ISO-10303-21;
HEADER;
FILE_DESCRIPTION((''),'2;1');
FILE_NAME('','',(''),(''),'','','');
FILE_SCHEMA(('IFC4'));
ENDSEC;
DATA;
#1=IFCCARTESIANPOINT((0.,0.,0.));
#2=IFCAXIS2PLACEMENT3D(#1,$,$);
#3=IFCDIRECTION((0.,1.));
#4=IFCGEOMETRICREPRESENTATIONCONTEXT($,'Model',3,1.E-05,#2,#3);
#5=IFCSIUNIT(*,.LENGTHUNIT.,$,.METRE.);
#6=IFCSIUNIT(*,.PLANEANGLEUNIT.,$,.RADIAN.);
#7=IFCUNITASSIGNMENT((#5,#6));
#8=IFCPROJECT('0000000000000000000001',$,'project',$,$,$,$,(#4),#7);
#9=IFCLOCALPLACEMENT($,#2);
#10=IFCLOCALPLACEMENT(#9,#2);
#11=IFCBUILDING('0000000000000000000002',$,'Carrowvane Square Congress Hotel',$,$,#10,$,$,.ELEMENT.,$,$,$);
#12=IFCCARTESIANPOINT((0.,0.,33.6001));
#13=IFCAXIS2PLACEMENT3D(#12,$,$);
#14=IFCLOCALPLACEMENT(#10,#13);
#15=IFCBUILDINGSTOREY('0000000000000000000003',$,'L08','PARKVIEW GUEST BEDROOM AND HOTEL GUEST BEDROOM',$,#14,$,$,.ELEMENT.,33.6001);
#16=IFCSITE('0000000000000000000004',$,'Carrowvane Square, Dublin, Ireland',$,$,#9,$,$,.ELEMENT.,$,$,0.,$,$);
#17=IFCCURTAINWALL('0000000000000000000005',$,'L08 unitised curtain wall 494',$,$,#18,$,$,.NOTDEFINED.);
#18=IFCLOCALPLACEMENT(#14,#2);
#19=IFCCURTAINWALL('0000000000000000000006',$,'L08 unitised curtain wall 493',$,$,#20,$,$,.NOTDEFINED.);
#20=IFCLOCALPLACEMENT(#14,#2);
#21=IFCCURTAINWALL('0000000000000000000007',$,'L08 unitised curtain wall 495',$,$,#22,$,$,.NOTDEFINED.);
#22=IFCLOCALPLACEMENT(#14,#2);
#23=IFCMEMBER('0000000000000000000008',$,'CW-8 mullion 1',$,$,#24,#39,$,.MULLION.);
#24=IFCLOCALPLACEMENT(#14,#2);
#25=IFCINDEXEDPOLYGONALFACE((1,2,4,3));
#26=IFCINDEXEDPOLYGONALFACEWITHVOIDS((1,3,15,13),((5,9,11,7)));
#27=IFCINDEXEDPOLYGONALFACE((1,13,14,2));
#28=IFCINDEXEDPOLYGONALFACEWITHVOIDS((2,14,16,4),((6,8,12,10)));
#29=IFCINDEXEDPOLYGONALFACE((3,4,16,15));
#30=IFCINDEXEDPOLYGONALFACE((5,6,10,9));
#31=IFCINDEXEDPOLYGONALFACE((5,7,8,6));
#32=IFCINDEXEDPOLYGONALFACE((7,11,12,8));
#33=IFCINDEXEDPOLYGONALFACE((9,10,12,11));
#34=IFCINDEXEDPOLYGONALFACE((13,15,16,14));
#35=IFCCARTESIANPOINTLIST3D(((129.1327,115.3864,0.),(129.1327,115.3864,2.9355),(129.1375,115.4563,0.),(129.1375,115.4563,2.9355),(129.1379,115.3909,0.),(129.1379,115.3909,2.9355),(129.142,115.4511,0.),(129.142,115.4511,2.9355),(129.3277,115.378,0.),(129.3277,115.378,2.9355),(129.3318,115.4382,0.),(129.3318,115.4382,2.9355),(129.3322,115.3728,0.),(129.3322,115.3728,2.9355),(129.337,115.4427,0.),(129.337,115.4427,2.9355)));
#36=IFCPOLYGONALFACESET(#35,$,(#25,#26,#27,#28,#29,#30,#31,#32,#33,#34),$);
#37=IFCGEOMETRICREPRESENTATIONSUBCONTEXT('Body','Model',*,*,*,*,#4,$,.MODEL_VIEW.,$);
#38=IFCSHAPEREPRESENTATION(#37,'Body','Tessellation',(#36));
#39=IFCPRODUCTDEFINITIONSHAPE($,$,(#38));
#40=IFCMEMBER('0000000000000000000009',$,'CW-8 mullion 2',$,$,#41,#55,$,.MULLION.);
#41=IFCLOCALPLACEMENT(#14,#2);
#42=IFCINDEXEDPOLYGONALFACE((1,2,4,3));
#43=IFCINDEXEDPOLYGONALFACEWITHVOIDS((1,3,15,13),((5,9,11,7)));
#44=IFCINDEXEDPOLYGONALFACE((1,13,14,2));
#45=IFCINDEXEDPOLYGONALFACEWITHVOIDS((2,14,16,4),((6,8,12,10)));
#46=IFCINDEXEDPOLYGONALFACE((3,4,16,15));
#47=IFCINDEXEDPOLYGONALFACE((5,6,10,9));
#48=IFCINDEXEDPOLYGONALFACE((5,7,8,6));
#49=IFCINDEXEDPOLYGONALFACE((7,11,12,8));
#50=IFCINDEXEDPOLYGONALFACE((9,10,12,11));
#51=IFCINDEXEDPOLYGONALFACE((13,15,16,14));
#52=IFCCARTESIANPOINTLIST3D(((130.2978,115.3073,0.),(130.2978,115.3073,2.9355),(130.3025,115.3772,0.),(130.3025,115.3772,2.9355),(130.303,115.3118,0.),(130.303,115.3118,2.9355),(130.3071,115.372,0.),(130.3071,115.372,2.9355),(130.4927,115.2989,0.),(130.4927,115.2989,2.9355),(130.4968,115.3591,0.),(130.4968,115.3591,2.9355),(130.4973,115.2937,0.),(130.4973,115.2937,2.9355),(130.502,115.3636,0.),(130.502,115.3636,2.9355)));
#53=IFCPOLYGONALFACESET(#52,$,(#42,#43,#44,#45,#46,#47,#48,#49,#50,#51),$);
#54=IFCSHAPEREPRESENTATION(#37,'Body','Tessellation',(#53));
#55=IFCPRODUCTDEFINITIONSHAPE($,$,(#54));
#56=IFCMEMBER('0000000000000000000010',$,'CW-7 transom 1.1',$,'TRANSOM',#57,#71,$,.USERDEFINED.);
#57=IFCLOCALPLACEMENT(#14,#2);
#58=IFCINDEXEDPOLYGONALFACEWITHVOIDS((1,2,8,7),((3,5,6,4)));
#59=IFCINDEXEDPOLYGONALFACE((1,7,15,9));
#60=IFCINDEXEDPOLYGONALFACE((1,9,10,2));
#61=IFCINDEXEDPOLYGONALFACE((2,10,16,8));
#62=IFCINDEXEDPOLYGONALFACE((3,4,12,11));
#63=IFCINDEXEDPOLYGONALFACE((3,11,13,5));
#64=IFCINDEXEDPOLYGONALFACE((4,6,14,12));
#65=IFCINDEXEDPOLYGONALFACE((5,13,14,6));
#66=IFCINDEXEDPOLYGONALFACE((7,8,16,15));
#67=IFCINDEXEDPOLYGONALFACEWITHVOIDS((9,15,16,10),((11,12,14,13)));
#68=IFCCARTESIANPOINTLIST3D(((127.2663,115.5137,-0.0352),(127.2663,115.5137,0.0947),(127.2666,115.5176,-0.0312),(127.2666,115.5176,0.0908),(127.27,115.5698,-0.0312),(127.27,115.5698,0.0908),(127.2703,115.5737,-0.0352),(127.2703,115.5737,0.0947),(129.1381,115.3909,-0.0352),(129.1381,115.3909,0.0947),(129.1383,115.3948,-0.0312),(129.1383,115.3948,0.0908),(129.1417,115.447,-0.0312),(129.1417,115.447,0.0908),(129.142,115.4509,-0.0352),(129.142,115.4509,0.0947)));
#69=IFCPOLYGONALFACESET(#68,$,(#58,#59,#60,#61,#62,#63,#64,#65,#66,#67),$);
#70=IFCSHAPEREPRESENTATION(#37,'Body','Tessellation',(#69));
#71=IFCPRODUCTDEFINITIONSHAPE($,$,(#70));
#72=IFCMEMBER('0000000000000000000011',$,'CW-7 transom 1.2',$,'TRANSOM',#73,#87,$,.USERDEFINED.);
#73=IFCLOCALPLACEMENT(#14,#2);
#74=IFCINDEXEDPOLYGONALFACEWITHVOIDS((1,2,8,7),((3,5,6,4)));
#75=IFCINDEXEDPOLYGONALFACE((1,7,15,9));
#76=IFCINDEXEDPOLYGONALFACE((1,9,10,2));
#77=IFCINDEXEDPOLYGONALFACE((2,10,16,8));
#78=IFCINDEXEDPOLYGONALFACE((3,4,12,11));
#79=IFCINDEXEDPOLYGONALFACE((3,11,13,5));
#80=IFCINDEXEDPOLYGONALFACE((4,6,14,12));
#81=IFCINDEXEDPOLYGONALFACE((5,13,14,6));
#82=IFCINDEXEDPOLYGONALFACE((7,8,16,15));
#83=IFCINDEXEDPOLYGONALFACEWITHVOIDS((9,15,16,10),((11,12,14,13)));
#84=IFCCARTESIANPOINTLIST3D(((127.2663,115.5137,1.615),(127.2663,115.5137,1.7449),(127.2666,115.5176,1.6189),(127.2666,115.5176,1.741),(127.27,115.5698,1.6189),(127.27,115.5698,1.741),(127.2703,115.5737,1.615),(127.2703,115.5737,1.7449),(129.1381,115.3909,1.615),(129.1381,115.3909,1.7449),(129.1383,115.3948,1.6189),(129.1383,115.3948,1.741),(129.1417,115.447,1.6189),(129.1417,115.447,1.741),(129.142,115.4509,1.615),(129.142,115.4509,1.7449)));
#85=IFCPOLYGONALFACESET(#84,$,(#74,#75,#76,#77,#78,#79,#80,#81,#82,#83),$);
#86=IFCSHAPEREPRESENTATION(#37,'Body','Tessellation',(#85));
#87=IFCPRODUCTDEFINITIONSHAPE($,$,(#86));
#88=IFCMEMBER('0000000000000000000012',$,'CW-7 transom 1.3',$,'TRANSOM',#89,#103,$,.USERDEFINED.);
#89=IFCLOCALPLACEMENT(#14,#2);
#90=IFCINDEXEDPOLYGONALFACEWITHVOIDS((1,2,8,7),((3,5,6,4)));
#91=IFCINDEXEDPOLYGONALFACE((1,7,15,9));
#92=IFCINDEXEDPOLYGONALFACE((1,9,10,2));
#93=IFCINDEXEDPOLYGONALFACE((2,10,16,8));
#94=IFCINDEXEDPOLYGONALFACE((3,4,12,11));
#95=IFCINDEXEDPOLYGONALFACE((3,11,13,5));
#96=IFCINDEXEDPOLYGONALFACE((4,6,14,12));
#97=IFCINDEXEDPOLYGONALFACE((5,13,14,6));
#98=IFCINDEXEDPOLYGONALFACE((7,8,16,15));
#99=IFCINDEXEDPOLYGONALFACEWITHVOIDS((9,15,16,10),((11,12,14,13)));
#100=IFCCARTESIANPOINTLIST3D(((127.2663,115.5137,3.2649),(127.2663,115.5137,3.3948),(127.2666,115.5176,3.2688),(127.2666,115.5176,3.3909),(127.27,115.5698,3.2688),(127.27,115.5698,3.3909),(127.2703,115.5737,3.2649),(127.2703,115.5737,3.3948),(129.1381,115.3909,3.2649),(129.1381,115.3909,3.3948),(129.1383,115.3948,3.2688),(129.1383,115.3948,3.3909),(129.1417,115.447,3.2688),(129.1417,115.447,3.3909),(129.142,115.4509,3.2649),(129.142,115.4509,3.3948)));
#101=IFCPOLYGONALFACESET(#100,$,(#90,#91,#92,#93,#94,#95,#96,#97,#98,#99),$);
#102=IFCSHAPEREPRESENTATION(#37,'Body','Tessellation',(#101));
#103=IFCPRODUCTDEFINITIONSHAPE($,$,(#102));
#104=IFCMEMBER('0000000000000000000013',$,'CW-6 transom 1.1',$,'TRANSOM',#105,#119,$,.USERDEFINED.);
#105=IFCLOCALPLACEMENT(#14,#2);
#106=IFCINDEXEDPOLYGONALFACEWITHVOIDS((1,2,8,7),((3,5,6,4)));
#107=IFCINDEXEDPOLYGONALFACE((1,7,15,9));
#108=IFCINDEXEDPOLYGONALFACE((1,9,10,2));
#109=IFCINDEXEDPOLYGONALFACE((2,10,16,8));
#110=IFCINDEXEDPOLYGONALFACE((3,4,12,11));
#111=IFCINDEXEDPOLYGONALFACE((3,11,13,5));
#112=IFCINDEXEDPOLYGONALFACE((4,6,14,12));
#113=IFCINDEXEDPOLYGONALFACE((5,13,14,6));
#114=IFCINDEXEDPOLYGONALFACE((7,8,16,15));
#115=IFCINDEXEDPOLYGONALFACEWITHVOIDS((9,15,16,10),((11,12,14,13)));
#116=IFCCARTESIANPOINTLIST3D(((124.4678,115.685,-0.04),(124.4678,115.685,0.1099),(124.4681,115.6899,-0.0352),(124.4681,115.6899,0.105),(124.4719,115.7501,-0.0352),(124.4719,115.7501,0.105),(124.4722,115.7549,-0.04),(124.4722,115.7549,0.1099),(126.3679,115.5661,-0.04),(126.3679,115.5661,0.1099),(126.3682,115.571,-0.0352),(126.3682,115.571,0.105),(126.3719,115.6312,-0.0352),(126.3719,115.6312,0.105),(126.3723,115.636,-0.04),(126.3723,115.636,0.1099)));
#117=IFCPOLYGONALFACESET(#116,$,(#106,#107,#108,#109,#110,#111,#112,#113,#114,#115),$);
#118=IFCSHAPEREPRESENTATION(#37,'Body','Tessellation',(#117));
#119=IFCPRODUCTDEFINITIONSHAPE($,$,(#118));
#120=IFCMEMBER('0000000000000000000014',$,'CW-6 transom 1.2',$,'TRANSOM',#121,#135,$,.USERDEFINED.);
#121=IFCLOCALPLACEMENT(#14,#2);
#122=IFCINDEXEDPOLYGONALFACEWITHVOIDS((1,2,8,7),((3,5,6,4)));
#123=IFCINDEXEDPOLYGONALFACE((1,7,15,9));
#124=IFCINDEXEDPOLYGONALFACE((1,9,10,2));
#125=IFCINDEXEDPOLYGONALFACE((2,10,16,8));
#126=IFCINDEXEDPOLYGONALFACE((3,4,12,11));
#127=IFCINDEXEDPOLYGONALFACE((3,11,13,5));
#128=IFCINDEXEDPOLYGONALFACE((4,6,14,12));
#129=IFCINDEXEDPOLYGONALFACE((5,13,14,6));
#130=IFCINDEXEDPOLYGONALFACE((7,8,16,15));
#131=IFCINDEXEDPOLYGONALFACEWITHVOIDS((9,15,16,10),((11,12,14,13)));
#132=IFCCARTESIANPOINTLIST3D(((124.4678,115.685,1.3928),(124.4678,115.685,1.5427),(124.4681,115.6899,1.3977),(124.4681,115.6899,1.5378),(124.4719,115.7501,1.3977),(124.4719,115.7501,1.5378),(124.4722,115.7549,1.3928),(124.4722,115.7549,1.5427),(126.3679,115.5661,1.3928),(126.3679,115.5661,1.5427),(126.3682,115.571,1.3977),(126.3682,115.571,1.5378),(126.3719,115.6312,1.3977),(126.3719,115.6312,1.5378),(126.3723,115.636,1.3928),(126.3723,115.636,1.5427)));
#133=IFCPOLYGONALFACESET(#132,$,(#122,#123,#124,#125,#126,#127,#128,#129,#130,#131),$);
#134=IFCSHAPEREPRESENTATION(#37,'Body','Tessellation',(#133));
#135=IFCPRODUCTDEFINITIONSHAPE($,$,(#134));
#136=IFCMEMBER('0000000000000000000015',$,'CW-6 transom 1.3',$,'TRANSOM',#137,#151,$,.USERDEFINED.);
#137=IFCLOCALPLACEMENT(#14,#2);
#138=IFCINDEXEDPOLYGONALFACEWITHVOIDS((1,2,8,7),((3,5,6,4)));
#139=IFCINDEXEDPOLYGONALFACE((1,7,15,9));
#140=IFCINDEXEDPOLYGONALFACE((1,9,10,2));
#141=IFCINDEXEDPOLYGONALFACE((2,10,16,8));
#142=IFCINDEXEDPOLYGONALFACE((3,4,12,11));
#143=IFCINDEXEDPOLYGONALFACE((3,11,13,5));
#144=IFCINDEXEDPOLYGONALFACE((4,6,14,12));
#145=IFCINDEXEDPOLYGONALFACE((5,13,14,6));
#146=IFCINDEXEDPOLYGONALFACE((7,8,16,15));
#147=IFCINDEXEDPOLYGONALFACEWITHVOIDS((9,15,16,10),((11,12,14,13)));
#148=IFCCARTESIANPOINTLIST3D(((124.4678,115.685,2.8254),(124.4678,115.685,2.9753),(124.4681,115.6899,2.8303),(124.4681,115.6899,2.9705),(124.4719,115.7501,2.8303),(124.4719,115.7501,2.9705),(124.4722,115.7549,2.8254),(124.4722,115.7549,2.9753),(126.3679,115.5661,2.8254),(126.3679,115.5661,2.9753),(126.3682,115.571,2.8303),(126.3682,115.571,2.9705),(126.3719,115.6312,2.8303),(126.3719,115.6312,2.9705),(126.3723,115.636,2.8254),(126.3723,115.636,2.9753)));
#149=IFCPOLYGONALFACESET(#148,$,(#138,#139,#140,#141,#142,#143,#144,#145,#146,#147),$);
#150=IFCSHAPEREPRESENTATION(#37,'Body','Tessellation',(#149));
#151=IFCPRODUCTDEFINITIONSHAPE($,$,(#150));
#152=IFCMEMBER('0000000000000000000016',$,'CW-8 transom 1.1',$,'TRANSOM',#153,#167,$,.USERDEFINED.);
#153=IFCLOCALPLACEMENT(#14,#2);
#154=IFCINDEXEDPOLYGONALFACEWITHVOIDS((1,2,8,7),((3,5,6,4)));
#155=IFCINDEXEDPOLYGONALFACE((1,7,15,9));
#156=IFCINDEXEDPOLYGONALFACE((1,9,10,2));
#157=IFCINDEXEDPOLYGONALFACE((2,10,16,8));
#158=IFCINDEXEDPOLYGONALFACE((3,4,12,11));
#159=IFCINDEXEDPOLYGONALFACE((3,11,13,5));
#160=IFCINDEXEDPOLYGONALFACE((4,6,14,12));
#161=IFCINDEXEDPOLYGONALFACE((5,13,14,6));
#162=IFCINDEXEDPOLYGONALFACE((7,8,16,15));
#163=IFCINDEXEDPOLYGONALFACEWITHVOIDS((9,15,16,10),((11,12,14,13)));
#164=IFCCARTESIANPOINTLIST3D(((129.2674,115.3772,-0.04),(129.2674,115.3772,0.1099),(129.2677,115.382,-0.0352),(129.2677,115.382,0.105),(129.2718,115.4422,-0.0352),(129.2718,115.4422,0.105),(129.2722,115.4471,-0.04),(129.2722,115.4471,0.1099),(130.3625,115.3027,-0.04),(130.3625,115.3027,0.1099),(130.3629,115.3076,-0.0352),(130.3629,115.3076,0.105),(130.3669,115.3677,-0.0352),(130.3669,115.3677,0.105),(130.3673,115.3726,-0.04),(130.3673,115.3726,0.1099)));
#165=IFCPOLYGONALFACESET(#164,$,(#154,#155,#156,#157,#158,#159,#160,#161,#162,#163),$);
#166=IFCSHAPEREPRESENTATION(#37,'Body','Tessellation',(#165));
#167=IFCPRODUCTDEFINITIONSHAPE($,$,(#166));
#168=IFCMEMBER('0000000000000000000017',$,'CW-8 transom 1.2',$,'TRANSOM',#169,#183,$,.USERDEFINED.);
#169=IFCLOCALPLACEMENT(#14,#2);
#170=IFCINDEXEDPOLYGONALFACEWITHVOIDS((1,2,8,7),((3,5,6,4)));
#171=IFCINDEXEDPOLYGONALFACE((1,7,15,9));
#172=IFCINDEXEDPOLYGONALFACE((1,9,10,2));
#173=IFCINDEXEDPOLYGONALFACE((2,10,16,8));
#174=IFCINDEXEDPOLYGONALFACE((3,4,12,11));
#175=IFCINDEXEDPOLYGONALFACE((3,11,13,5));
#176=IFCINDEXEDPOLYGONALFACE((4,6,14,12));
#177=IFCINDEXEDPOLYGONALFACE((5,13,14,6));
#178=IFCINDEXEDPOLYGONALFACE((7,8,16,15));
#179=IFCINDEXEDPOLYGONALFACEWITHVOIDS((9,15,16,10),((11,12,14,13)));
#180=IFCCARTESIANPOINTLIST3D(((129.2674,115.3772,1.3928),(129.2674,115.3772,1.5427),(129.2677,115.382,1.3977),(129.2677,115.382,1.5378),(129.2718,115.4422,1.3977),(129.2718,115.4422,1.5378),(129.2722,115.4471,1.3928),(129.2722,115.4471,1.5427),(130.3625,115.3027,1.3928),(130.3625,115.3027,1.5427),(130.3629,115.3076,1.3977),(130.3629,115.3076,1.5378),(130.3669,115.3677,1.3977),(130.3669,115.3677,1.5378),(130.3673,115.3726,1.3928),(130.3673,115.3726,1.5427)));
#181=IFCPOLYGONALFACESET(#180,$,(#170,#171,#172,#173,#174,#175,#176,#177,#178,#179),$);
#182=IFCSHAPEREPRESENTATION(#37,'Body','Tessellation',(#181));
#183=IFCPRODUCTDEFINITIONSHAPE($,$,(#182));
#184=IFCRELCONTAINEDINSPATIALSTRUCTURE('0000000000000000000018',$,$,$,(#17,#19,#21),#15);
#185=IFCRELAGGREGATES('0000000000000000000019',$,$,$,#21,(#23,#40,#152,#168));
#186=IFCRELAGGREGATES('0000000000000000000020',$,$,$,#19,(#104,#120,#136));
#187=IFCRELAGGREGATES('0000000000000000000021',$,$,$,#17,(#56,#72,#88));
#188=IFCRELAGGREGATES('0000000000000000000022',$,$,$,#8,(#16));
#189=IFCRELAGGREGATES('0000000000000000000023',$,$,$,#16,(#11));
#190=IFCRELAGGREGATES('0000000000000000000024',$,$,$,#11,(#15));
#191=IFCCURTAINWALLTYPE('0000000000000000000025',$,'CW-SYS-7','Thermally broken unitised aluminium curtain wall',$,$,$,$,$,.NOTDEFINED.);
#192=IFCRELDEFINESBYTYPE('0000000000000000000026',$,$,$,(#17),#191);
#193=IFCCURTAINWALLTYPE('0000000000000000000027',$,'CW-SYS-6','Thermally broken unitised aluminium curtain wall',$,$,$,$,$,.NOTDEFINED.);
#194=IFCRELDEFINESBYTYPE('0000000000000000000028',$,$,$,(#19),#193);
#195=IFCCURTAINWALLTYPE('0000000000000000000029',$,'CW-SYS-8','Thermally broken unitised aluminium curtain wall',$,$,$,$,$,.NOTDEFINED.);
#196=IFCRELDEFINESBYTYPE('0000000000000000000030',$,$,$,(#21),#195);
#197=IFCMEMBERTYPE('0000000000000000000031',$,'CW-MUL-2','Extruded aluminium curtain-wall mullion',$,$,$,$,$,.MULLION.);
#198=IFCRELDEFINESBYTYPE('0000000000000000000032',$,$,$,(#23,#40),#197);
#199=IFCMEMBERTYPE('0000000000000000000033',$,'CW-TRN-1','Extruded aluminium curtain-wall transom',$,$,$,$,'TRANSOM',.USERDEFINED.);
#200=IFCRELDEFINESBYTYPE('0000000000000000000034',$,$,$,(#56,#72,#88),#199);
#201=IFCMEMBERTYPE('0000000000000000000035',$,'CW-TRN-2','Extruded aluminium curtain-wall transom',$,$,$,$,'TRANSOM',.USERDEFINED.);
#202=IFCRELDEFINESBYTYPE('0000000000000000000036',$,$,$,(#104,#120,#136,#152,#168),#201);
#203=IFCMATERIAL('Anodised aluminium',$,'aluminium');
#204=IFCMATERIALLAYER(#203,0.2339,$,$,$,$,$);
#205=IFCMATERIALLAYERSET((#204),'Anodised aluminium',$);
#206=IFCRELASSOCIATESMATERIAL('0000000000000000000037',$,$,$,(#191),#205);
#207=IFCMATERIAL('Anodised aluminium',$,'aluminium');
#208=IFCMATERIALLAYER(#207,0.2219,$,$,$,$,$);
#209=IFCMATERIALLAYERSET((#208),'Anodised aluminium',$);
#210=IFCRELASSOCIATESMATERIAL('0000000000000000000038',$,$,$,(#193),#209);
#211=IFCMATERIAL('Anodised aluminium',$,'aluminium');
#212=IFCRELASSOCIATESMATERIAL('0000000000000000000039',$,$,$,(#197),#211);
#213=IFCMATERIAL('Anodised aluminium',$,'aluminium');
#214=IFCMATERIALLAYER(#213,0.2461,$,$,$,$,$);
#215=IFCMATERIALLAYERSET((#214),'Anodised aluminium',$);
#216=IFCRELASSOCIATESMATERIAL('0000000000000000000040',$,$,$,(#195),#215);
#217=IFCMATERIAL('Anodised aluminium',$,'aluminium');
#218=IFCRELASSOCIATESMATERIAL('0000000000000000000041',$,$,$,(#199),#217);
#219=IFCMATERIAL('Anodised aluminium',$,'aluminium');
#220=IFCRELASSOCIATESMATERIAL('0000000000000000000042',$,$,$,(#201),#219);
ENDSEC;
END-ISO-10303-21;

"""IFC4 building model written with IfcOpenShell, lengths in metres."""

from ifc_helpers import new_model, si_unit, direction, frame, origin, origin_2d, place, context, subcontext, project, spatial, hollow_rectangle, extrude, material, layer, layer_set, material_profile, profile_set, type_object, element, aggregate, save


model = new_model("IFC4")

# Units and contexts
model_context = context("Model", 3, precision=1e-05, world=origin(), true_north=direction((0.0, 1.0)))
body_context = subcontext(model_context, "Body", "Model", "MODEL_VIEW")
ifc_project = project(units=[si_unit("LENGTHUNIT", "METRE"), si_unit("PLANEANGLEUNIT", "RADIAN")], contexts=[model_context])

# Site, building, storey
site_placement = place(None, origin())
site = spatial("IfcSite", under=ifc_project, at=site_placement, Name="Carrowvane Square, Dublin, Ireland", CompositionType="ELEMENT", RefElevation=0.0)
building_placement = place(site_placement, origin())
building = spatial("IfcBuilding", under=site, at=building_placement, Name="Carrowvane Square Congress Hotel", CompositionType="ELEMENT")
storey_placement = place(building_placement, frame((0.0, 0.0, 33.6001)))
storey = spatial("IfcBuildingStorey", under=building, at=storey_placement, Name="L08", Description="PARKVIEW GUEST BEDROOM AND HOTEL GUEST BEDROOM", CompositionType="ELEMENT", Elevation=33.6001)

# Curtain walls, members
ifc_material_1 = material(Name="Anodised aluminium", Category="aluminium")
ifc_layer_1 = layer(ifc_material_1, 0.2339)
ifc_layer_set_1 = layer_set([ifc_layer_1], Name="Anodised aluminium")
curtain_wall_type_1 = type_object("IfcCurtainWallType", Name="CW-SYS-7", Description="Thermally broken unitised aluminium curtain wall", PredefinedType="NOTDEFINED", material=ifc_layer_set_1)
curtain_wall_1_placement = place(storey_placement, origin())
curtain_wall_1 = element("IfcCurtainWall", 1, at=curtain_wall_1_placement, inside=storey, type_object=curtain_wall_type_1, Name="L08 unitised curtain wall 494", PredefinedType="NOTDEFINED")
ifc_material_2 = material(Name="Anodised aluminium", Category="aluminium")
ifc_layer_2 = layer(ifc_material_2, 0.2219)
ifc_layer_set_2 = layer_set([ifc_layer_2], Name="Anodised aluminium")
curtain_wall_type_2 = type_object("IfcCurtainWallType", Name="CW-SYS-6", Description="Thermally broken unitised aluminium curtain wall", PredefinedType="NOTDEFINED", material=ifc_layer_set_2)
curtain_wall_2_placement = place(storey_placement, origin())
curtain_wall_2 = element("IfcCurtainWall", 2, at=curtain_wall_2_placement, inside=storey, type_object=curtain_wall_type_2, Name="L08 unitised curtain wall 493", PredefinedType="NOTDEFINED")
ifc_material_3 = material(Name="Anodised aluminium", Category="aluminium")
ifc_material_profile_1 = material_profile(ifc_material_3, hollow_rectangle(XDim=0.0701, YDim=0.2, WallThickness=0.0049, at=origin_2d()), Name="CW-ML 70x200x5")
ifc_profile_set_1 = profile_set([ifc_material_profile_1], Name="Anodised aluminium")
member_type_1 = type_object("IfcMemberType", Name="CW-MUL-2", Description="Extruded aluminium curtain-wall mullion", PredefinedType="MULLION", material=ifc_profile_set_1)
ifc_material_4 = material(Name="Anodised aluminium", Category="aluminium")
ifc_layer_3 = layer(ifc_material_4, 0.2461)
ifc_layer_set_3 = layer_set([ifc_layer_3], Name="Anodised aluminium")
curtain_wall_type_3 = type_object("IfcCurtainWallType", Name="CW-SYS-8", Description="Thermally broken unitised aluminium curtain wall", PredefinedType="NOTDEFINED", material=ifc_layer_set_3)
curtain_wall_3_placement = place(storey_placement, origin())
curtain_wall_3 = element("IfcCurtainWall", 3, at=curtain_wall_3_placement, inside=storey, type_object=curtain_wall_type_3, Name="L08 unitised curtain wall 495", PredefinedType="NOTDEFINED")
member_1_placement = place(storey_placement, frame((129.2349, 115.4146, 0.0), z_axis=(0.0, 0.0, 1.0), x_axis=(0.06787, 0.997694, 0.0)))
member_1 = element("IfcMember", 4, at=member_1_placement, type_object=member_type_1, Name="CW-8 mullion 1", PredefinedType="MULLION", context=body_context, shape_type="SweptSolid", body=[
    extrude(hollow_rectangle(XDim=0.0701, YDim=0.2, WallThickness=0.0049, at=origin_2d()), origin(), (0.0, 0.0, 1.0), 2.9355),
])
member_2_placement = place(storey_placement, frame((130.3999, 115.3354, 0.0), z_axis=(0.0, 0.0, 1.0), x_axis=(0.06787, 0.997694, 0.0)))
member_2 = element("IfcMember", 5, at=member_2_placement, type_object=member_type_1, Name="CW-8 mullion 2", PredefinedType="MULLION", context=body_context, shape_type="SweptSolid", body=[
    extrude(hollow_rectangle(XDim=0.0701, YDim=0.2, WallThickness=0.0049, at=origin_2d()), origin(), (0.0, 0.0, 1.0), 2.9355),
])

# Members
ifc_material_5 = material(Name="Anodised aluminium", Category="aluminium")
ifc_material_profile_2 = material_profile(ifc_material_5, hollow_rectangle(XDim=0.0601, YDim=0.1299, WallThickness=0.0039, at=origin_2d()), Name="CW-TR 60x130x4")
ifc_profile_set_2 = profile_set([ifc_material_profile_2], Name="Anodised aluminium")
member_type_2 = type_object("IfcMemberType", Name="CW-TRN-1", Description="Extruded aluminium curtain-wall transom", ElementType="TRANSOM", PredefinedType="USERDEFINED", material=ifc_profile_set_2)
member_3_placement = place(storey_placement, frame((127.2683, 115.5437, 0.0298), z_axis=(0.997855, -0.065465, 0.0), x_axis=(0.065465, 0.997855, 0.0)))
member_3 = element("IfcMember", 6, at=member_3_placement, type_object=member_type_2, Name="CW-7 transom 1.1", ObjectType="TRANSOM", PredefinedType="USERDEFINED", context=body_context, shape_type="SweptSolid", body=[
    extrude(hollow_rectangle(XDim=0.0601, YDim=0.1299, WallThickness=0.0039, at=origin_2d()), origin(), (0.0, 0.0, 1.0), 1.8757),
])
member_4_placement = place(storey_placement, frame((127.2683, 115.5437, 1.6799), z_axis=(0.997855, -0.065465, 0.0), x_axis=(0.065465, 0.997855, 0.0)))
member_4 = element("IfcMember", 7, at=member_4_placement, type_object=member_type_2, Name="CW-7 transom 1.2", ObjectType="TRANSOM", PredefinedType="USERDEFINED", context=body_context, shape_type="SweptSolid", body=[
    extrude(hollow_rectangle(XDim=0.0601, YDim=0.1299, WallThickness=0.0039, at=origin_2d()), origin(), (0.0, 0.0, 1.0), 1.8757),
])
member_5_placement = place(storey_placement, frame((127.2683, 115.5437, 3.3298), z_axis=(0.997855, -0.065465, 0.0), x_axis=(0.065465, 0.997855, 0.0)))
member_5 = element("IfcMember", 8, at=member_5_placement, type_object=member_type_2, Name="CW-7 transom 1.3", ObjectType="TRANSOM", PredefinedType="USERDEFINED", context=body_context, shape_type="SweptSolid", body=[
    extrude(hollow_rectangle(XDim=0.0601, YDim=0.1299, WallThickness=0.0039, at=origin_2d()), origin(), (0.0, 0.0, 1.0), 1.8757),
])
ifc_material_6 = material(Name="Anodised aluminium", Category="aluminium")
ifc_material_profile_3 = material_profile(ifc_material_6, hollow_rectangle(XDim=0.0701, YDim=0.1499, WallThickness=0.0049, at=origin_2d()), Name="CW-TR 70x150x5")
ifc_profile_set_3 = profile_set([ifc_material_profile_3], Name="Anodised aluminium")
member_type_3 = type_object("IfcMemberType", Name="CW-TRN-2", Description="Extruded aluminium curtain-wall transom", ElementType="TRANSOM", PredefinedType="USERDEFINED", material=ifc_profile_set_3)
member_6_placement = place(storey_placement, frame((124.47, 115.72, 0.0349), z_axis=(0.998048, -0.06245, 0.0), x_axis=(0.06245, 0.998048, 0.0)))
member_6 = element("IfcMember", 9, at=member_6_placement, type_object=member_type_3, Name="CW-6 transom 1.1", ObjectType="TRANSOM", PredefinedType="USERDEFINED", context=body_context, shape_type="SweptSolid", body=[
    extrude(hollow_rectangle(XDim=0.0701, YDim=0.1499, WallThickness=0.0049, at=origin_2d()), origin(), (0.0, 0.0, 1.0), 1.9038),
])
member_7_placement = place(storey_placement, frame((124.47, 115.72, 1.4678), z_axis=(0.998048, -0.06245, 0.0), x_axis=(0.06245, 0.998048, 0.0)))
member_7 = element("IfcMember", 10, at=member_7_placement, type_object=member_type_3, Name="CW-6 transom 1.2", ObjectType="TRANSOM", PredefinedType="USERDEFINED", context=body_context, shape_type="SweptSolid", body=[
    extrude(hollow_rectangle(XDim=0.0701, YDim=0.1499, WallThickness=0.0049, at=origin_2d()), origin(), (0.0, 0.0, 1.0), 1.9038),
])
member_8_placement = place(storey_placement, frame((124.47, 115.72, 2.9004), z_axis=(0.998048, -0.06245, 0.0), x_axis=(0.06245, 0.998048, 0.0)))
member_8 = element("IfcMember", 11, at=member_8_placement, type_object=member_type_3, Name="CW-6 transom 1.3", ObjectType="TRANSOM", PredefinedType="USERDEFINED", context=body_context, shape_type="SweptSolid", body=[
    extrude(hollow_rectangle(XDim=0.0701, YDim=0.1499, WallThickness=0.0049, at=origin_2d()), origin(), (0.0, 0.0, 1.0), 1.9038),
])
member_9_placement = place(storey_placement, frame((129.2698, 115.4121, 0.0349), z_axis=(0.997697, -0.067833, 0.0), x_axis=(0.067833, 0.997697, 0.0)))
member_9 = element("IfcMember", 12, at=member_9_placement, type_object=member_type_3, Name="CW-8 transom 1.1", ObjectType="TRANSOM", PredefinedType="USERDEFINED", context=body_context, shape_type="SweptSolid", body=[
    extrude(hollow_rectangle(XDim=0.0701, YDim=0.1499, WallThickness=0.0049, at=origin_2d()), origin(), (0.0, 0.0, 1.0), 1.0977),
])
member_10_placement = place(storey_placement, frame((129.2698, 115.4121, 1.4678), z_axis=(0.997697, -0.067833, 0.0), x_axis=(0.067833, 0.997697, 0.0)))
member_10 = element("IfcMember", 13, at=member_10_placement, type_object=member_type_3, Name="CW-8 transom 1.2", ObjectType="TRANSOM", PredefinedType="USERDEFINED", context=body_context, shape_type="SweptSolid", body=[
    extrude(hollow_rectangle(XDim=0.0701, YDim=0.1499, WallThickness=0.0049, at=origin_2d()), origin(), (0.0, 0.0, 1.0), 1.0977),
])

aggregate(curtain_wall_3, [member_1, member_2, member_9, member_10])
aggregate(curtain_wall_2, [member_6, member_7, member_8])
aggregate(curtain_wall_1, [member_3, member_4, member_5])

save(model, "model.ifc")
